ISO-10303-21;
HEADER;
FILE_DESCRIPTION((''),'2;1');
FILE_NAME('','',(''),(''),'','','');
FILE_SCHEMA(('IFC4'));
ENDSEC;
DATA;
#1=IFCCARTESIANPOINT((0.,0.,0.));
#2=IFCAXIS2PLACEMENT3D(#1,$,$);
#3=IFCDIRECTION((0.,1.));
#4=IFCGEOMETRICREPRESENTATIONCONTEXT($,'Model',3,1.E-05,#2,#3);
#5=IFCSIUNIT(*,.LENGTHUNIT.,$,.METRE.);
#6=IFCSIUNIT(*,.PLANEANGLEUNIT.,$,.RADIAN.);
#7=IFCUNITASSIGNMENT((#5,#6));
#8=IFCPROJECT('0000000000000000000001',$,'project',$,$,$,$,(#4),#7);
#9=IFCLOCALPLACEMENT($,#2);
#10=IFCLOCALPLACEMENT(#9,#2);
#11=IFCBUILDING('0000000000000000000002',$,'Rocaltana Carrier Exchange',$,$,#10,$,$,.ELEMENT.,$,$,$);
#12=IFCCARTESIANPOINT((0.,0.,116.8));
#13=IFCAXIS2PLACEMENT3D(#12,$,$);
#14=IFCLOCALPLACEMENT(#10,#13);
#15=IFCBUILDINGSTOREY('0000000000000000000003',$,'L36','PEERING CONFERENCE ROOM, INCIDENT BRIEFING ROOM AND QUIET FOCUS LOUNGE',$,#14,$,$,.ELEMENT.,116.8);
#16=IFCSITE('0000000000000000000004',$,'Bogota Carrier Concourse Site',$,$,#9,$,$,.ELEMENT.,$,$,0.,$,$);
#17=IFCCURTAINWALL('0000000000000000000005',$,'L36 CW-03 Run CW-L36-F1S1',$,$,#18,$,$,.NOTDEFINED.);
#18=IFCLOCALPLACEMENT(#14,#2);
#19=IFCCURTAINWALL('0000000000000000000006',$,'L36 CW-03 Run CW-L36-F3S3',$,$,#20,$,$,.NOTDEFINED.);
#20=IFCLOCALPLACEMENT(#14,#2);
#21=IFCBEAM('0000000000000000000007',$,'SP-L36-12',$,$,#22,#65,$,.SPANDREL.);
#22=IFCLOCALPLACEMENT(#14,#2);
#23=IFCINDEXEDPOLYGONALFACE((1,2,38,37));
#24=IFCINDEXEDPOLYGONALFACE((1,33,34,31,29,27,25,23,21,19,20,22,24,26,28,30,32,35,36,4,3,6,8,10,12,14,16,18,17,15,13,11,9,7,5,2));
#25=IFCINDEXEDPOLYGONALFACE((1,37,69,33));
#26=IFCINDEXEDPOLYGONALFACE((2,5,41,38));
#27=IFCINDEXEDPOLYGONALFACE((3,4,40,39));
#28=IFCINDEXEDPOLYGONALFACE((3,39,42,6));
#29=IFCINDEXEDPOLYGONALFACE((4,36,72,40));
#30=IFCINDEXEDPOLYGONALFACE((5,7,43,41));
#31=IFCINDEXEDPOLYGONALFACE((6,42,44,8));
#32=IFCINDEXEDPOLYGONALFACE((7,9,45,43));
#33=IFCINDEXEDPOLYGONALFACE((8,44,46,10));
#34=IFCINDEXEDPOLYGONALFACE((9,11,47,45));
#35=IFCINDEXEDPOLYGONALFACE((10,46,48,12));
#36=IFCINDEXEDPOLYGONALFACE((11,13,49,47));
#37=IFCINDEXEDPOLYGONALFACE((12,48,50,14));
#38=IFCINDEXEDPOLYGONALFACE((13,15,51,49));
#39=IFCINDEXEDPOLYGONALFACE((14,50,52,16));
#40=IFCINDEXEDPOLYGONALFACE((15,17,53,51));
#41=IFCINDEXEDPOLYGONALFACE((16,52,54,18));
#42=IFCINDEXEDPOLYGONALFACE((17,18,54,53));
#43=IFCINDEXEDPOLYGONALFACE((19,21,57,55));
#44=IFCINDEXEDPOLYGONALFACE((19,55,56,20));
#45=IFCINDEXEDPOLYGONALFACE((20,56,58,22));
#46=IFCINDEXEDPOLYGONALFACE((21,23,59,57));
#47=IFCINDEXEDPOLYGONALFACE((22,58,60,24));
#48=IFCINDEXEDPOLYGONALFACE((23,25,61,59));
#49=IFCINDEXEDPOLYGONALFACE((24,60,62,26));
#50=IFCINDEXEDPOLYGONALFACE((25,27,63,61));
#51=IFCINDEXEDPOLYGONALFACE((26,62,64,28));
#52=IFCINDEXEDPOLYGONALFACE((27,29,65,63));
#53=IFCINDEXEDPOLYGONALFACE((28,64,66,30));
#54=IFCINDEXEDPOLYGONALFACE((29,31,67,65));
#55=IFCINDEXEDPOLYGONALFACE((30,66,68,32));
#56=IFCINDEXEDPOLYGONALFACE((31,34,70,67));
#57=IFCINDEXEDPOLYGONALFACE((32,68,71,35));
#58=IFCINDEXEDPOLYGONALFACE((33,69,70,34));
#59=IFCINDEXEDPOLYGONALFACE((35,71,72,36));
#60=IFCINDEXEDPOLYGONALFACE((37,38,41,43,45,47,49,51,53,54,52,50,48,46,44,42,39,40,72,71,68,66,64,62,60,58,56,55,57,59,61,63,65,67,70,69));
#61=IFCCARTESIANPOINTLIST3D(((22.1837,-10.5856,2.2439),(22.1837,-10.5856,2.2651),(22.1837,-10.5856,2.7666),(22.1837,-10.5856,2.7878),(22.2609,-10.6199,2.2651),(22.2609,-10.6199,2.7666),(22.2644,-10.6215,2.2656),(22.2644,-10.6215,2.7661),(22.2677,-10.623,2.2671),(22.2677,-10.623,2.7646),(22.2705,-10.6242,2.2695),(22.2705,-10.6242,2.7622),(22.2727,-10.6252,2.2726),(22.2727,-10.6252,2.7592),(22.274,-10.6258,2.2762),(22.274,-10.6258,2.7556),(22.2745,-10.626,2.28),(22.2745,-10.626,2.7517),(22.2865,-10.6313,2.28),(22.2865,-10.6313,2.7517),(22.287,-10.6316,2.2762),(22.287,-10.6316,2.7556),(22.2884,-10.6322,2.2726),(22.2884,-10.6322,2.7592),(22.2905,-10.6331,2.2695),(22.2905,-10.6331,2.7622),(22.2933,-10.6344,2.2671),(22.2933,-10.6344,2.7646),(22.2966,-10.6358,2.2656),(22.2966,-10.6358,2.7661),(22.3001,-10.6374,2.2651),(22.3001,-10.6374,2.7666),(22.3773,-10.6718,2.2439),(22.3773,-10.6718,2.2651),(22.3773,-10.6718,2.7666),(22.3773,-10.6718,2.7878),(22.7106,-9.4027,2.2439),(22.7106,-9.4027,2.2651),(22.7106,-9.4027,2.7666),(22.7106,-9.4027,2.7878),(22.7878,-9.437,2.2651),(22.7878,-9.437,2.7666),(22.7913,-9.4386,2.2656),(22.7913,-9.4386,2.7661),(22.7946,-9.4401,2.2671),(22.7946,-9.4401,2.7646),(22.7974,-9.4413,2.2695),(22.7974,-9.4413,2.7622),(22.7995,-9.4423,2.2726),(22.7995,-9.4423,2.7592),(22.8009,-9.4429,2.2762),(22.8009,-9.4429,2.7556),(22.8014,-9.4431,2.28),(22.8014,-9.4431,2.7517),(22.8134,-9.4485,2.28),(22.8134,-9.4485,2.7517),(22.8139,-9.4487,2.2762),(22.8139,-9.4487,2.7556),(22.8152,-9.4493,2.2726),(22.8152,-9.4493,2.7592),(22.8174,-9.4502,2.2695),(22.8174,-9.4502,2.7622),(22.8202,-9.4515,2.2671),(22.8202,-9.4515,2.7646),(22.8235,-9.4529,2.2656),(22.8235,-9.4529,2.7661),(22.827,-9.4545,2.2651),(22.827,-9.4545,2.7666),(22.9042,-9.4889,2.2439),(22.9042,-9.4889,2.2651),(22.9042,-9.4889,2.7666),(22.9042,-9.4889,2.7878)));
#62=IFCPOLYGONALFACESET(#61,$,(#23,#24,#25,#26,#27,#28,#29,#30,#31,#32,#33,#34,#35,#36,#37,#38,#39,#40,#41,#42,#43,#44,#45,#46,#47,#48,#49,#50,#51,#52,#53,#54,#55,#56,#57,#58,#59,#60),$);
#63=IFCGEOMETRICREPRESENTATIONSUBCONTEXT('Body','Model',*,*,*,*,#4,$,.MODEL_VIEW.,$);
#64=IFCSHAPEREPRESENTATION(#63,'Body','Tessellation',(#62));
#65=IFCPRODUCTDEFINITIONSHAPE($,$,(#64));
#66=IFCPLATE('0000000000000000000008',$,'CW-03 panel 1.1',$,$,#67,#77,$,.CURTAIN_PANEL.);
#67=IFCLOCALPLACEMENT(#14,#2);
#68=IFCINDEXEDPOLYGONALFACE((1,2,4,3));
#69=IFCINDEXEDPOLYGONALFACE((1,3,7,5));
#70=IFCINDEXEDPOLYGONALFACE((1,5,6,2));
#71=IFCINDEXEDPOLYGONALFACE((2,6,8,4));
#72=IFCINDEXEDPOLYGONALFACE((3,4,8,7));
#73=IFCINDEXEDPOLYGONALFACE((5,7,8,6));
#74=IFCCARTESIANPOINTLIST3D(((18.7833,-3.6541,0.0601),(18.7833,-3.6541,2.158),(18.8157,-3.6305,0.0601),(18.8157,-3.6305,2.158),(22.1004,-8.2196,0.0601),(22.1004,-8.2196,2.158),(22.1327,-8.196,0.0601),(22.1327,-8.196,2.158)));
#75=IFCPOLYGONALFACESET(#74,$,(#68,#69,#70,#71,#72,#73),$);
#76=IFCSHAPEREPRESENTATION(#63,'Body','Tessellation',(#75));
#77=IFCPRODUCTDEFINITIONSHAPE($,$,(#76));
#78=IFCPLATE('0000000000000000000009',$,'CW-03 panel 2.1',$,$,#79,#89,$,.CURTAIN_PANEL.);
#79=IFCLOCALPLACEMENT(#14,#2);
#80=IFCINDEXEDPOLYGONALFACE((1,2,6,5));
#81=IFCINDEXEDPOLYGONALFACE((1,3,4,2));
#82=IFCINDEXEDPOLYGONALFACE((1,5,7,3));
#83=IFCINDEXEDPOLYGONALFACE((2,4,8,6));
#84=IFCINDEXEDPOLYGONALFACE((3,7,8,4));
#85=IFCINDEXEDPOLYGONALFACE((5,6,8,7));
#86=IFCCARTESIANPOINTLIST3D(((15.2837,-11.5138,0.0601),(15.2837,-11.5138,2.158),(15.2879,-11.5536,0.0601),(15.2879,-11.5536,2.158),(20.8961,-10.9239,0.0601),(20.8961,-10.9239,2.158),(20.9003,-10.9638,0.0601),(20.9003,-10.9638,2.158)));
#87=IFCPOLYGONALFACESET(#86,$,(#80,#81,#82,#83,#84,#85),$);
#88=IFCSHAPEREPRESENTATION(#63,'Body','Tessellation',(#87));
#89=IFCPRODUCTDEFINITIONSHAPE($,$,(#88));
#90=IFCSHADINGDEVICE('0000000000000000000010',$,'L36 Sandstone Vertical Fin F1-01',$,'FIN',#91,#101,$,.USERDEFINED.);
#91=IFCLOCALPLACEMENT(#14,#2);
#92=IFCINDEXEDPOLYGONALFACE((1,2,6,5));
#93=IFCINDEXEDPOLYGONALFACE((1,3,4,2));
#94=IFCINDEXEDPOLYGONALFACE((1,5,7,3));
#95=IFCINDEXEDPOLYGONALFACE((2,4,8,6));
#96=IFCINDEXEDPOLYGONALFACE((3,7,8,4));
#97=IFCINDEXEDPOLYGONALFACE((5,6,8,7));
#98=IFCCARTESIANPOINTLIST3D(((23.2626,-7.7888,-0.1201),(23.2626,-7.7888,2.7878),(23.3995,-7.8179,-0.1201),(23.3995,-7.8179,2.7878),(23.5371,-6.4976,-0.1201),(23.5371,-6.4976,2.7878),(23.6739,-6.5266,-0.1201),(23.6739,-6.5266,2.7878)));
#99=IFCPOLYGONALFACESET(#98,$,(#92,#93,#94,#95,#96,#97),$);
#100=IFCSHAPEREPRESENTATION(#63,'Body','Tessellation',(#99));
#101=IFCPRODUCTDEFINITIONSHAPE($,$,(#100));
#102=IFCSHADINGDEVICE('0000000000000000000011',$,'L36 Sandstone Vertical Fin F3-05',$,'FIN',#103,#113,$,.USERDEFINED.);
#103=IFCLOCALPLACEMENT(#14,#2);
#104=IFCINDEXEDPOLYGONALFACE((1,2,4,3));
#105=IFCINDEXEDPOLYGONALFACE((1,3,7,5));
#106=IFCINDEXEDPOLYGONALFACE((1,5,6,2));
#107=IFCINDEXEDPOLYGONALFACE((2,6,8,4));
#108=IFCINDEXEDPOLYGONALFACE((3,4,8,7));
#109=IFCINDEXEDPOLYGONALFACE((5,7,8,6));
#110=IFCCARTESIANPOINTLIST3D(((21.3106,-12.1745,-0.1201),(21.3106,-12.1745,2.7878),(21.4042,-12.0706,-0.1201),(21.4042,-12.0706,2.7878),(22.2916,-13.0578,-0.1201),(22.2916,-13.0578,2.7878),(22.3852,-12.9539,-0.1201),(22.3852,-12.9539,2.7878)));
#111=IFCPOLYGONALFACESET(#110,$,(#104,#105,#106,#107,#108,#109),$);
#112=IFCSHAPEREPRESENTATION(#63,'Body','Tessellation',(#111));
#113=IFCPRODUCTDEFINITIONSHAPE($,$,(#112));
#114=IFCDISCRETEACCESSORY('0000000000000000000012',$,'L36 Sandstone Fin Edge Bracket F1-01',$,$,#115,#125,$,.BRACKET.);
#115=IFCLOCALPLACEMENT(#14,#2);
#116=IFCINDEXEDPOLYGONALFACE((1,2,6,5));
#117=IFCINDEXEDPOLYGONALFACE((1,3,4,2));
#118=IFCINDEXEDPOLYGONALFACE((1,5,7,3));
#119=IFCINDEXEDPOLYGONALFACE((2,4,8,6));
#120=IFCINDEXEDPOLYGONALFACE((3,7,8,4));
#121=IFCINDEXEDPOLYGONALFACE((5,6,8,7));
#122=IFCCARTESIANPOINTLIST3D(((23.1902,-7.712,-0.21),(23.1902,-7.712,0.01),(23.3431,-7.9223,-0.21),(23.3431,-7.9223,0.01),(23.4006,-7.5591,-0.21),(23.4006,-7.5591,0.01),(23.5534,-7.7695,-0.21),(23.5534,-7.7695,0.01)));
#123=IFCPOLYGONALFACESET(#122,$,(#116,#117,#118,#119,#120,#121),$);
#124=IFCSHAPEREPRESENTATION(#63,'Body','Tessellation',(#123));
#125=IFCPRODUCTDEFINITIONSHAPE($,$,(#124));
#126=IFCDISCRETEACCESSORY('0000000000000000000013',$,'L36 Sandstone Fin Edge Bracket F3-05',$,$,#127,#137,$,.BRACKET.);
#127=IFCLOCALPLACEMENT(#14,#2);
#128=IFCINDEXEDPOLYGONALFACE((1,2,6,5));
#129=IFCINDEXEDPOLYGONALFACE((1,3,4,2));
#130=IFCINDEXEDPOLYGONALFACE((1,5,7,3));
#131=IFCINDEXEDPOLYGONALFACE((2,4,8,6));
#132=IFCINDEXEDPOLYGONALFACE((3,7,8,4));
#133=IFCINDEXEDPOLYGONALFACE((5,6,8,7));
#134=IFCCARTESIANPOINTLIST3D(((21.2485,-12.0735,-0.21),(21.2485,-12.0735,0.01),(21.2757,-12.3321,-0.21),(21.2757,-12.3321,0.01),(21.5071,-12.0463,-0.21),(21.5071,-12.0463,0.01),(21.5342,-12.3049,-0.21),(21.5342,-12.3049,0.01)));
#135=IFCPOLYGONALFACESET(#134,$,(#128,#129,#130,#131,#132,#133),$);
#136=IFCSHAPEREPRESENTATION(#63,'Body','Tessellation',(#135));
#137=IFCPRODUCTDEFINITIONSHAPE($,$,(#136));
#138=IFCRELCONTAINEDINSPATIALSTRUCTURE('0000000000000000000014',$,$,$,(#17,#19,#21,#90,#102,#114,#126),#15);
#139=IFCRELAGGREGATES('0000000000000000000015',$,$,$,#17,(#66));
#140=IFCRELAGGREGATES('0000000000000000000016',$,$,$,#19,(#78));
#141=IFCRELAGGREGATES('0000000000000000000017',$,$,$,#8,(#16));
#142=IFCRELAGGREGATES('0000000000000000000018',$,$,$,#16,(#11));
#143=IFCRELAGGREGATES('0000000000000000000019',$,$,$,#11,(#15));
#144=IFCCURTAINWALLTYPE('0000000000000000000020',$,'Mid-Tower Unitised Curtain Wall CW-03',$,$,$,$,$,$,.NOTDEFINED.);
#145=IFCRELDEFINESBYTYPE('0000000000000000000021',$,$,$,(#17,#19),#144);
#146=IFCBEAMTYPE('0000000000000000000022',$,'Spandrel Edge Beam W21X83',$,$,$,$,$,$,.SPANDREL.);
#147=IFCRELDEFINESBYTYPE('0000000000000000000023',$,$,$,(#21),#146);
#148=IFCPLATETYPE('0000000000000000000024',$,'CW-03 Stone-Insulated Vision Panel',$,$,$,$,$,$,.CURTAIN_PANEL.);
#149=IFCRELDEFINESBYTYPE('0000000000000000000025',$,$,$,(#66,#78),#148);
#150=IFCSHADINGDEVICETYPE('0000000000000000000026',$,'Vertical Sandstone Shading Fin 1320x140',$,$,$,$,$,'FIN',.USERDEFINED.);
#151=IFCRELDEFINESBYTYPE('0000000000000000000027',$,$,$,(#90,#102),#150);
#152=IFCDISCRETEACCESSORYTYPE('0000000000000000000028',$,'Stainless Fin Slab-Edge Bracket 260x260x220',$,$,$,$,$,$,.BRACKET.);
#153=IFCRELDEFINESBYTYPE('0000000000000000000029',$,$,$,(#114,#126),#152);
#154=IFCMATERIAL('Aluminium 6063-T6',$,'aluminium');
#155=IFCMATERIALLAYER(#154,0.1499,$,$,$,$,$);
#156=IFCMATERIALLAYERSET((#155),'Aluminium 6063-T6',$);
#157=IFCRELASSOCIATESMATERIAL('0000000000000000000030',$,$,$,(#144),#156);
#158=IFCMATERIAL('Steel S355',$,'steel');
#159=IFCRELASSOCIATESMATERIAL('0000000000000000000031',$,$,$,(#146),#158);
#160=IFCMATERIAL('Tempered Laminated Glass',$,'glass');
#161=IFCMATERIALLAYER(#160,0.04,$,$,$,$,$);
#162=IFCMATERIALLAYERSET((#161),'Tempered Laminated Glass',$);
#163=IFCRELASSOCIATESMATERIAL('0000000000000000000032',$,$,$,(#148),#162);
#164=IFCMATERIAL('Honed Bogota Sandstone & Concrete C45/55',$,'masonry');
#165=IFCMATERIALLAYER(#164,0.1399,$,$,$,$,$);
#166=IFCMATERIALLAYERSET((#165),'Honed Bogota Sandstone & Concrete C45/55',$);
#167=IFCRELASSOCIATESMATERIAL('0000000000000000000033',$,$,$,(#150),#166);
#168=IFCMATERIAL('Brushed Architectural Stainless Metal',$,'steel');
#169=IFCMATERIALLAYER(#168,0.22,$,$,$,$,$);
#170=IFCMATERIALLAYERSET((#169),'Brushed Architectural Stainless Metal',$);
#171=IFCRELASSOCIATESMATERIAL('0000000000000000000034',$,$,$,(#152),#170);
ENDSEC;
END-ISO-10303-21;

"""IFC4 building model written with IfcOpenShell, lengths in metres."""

from ifc_helpers import new_model, si_unit, direction, frame, origin, origin_2d, place, context, subcontext, project, spatial, rectangle, i_section, extrude, material, layer, layer_set, material_profile, profile_set, type_object, element, aggregate, save


model = new_model("IFC4")

# Units and contexts
model_context = context("Model", 3, precision=1e-05, world=origin(), true_north=direction((0.0, 1.0)))
body_context = subcontext(model_context, "Body", "Model", "MODEL_VIEW")
ifc_project = project(units=[si_unit("LENGTHUNIT", "METRE"), si_unit("PLANEANGLEUNIT", "RADIAN")], contexts=[model_context])

# Site, building, storey
site_placement = place(None, origin())
site = spatial("IfcSite", under=ifc_project, at=site_placement, Name="Bogota Carrier Concourse Site", CompositionType="ELEMENT", RefElevation=0.0)
building_placement = place(site_placement, origin())
building = spatial("IfcBuilding", under=site, at=building_placement, Name="Rocaltana Carrier Exchange", CompositionType="ELEMENT")
storey_placement = place(building_placement, frame((0.0, 0.0, 116.8)))
storey = spatial("IfcBuildingStorey", under=building, at=storey_placement, Name="L36", Description="PEERING CONFERENCE ROOM, INCIDENT BRIEFING ROOM AND QUIET FOCUS LOUNGE", CompositionType="ELEMENT", Elevation=116.8)

# Curtain wall
ifc_material_1 = material(Name="Aluminium 6063-T6", Category="aluminium")
ifc_layer_1 = layer(ifc_material_1, 0.1499)
ifc_layer_set_1 = layer_set([ifc_layer_1], Name="Aluminium 6063-T6")
curtain_wall_type = type_object("IfcCurtainWallType", Name="Mid-Tower Unitised Curtain Wall CW-03", PredefinedType="NOTDEFINED", material=ifc_layer_set_1)
curtain_wall_1_placement = place(storey_placement, origin())
curtain_wall_1 = element("IfcCurtainWall", 1, at=curtain_wall_1_placement, inside=storey, type_object=curtain_wall_type, Name="L36 CW-03 Run CW-L36-F1S1", PredefinedType="NOTDEFINED")

# Curtain wall
curtain_wall_2_placement = place(storey_placement, origin())
curtain_wall_2 = element("IfcCurtainWall", 2, at=curtain_wall_2_placement, inside=storey, type_object=curtain_wall_type, Name="L36 CW-03 Run CW-L36-F3S3", PredefinedType="NOTDEFINED")

# Beam
ifc_material_2 = material(Name="Steel S355", Category="steel")
ifc_material_profile_1 = material_profile(ifc_material_2, i_section(OverallWidth=0.2119, OverallDepth=0.5439, WebThickness=0.0132, FlangeThickness=0.0212, FilletRadius=0.0149, at=origin_2d()), Name="W21X83")
ifc_profile_set_1 = profile_set([ifc_material_profile_1], Name="Steel S355")
beam_type_1 = type_object("IfcBeamType", Name="Spandrel Edge Beam W21X83", PredefinedType="SPANDREL", material=ifc_profile_set_1)
beam_1_placement = place(storey_placement, frame((22.2805, -10.6287, 2.5159), z_axis=(0.406873, 0.913485, 0.0), x_axis=(-0.913485, 0.406873, 0.0)))
element("IfcBeam", 3, at=beam_1_placement, inside=storey, type_object=beam_type_1, Name="SP-L36-12", PredefinedType="SPANDREL", context=body_context, shape_type="SweptSolid", body=[
    extrude(i_section(OverallWidth=0.2119, OverallDepth=0.5439, WebThickness=0.0132, FlangeThickness=0.0212, FilletRadius=0.0149, at=origin_2d()), origin(), (0.0, 0.0, 1.0), 1.2949),
])

# Plates
ifc_material_3 = material(Name="Tempered Laminated Glass", Category="glass")
ifc_layer_2 = layer(ifc_material_3, 0.04)
ifc_layer_set_2 = layer_set([ifc_layer_2], Name="Tempered Laminated Glass")
plate_type = type_object("IfcPlateType", Name="CW-03 Stone-Insulated Vision Panel", PredefinedType="CURTAIN_PANEL", material=ifc_layer_set_2)
plate_1_placement = place(storey_placement, frame((20.458, -5.925, 0.0601), z_axis=(0.0, 0.0, 1.0), x_axis=(-0.58779, 0.809014, 0.0)))
plate_1 = element("IfcPlate", 4, at=plate_1_placement, type_object=plate_type, Name="CW-03 panel 1.1", PredefinedType="CURTAIN_PANEL", context=body_context, shape_type="SweptSolid", body=[
    extrude(rectangle(XDim=5.6433, YDim=0.04, at=origin_2d()), origin(), (0.0, 0.0, 1.0), 2.0979),
])
aggregate(curtain_wall_1, [plate_1])
plate_2_placement = place(storey_placement, frame((18.092, -11.2388, 0.0601), z_axis=(0.0, 0.0, 1.0), x_axis=(0.994523, 0.104522, 0.0)))
plate_2 = element("IfcPlate", 5, at=plate_2_placement, type_object=plate_type, Name="CW-03 panel 2.1", PredefinedType="CURTAIN_PANEL", context=body_context, shape_type="SweptSolid", body=[
    extrude(rectangle(XDim=5.6433, YDim=0.04, at=origin_2d()), origin(), (0.0, 0.0, 1.0), 2.0979),
])
aggregate(curtain_wall_2, [plate_2])

# Shading devices
ifc_material_4 = material(Name="Honed Bogota Sandstone & Concrete C45/55", Category="masonry")
ifc_layer_3 = layer(ifc_material_4, 0.1399)
ifc_layer_set_3 = layer_set([ifc_layer_3], Name="Honed Bogota Sandstone & Concrete C45/55")
shading_device_type = type_object("IfcShadingDeviceType", Name="Vertical Sandstone Shading Fin 1320x140", ElementType="FIN", PredefinedType="USERDEFINED", material=ifc_layer_set_3)
for number, where, z_axis, x_axis, name in (
    (6, (23.4683, -7.1577, -0.1201), (0.0, 0.0, 1.0), (0.207912, 0.978148, 0.0), "L36 Sandstone Vertical Fin F1-01"),
    (7, (21.8479, -12.5642, -0.1201), (0.0, 0.0, 1.0), (0.743145, -0.669131, 0.0), "L36 Sandstone Vertical Fin F3-05"),
):
    element("IfcShadingDevice", number, at=place(storey_placement, frame(where, z_axis=z_axis, x_axis=x_axis)), inside=storey, type_object=shading_device_type, Name=name, ObjectType="FIN", PredefinedType="USERDEFINED", context=body_context, shape_type="SweptSolid", body=[
        extrude(rectangle(XDim=1.3201, YDim=0.1399, at=origin_2d()), origin(), (0.0, 0.0, 1.0), 2.908),
    ])

# Discrete accessories
ifc_material_5 = material(Name="Brushed Architectural Stainless Metal", Category="steel")
ifc_layer_4 = layer(ifc_material_5, 0.22)
ifc_layer_set_4 = layer_set([ifc_layer_4], Name="Brushed Architectural Stainless Metal")
discrete_accessory_type = type_object("IfcDiscreteAccessoryType", Name="Stainless Fin Slab-Edge Bracket 260x260x220", PredefinedType="BRACKET", material=ifc_layer_set_4)
for number, where, z_axis, x_axis, name in (
    (8, (23.3718, -7.7407, -0.21), (0.0, 0.0, 1.0), (-0.587785, 0.809017, 0.0), "L36 Sandstone Fin Edge Bracket F1-01"),
    (9, (21.3914, -12.1892, -0.21), (0.0, 0.0, 1.0), (0.994522, 0.104528, 0.0), "L36 Sandstone Fin Edge Bracket F3-05"),
):
    element("IfcDiscreteAccessory", number, at=place(storey_placement, frame(where, z_axis=z_axis, x_axis=x_axis)), inside=storey, type_object=discrete_accessory_type, Name=name, PredefinedType="BRACKET", context=body_context, shape_type="SweptSolid", body=[
        extrude(rectangle(XDim=0.26, YDim=0.26, at=origin_2d()), origin(), (0.0, 0.0, 1.0), 0.22),
    ])

save(model, "model.ifc")
